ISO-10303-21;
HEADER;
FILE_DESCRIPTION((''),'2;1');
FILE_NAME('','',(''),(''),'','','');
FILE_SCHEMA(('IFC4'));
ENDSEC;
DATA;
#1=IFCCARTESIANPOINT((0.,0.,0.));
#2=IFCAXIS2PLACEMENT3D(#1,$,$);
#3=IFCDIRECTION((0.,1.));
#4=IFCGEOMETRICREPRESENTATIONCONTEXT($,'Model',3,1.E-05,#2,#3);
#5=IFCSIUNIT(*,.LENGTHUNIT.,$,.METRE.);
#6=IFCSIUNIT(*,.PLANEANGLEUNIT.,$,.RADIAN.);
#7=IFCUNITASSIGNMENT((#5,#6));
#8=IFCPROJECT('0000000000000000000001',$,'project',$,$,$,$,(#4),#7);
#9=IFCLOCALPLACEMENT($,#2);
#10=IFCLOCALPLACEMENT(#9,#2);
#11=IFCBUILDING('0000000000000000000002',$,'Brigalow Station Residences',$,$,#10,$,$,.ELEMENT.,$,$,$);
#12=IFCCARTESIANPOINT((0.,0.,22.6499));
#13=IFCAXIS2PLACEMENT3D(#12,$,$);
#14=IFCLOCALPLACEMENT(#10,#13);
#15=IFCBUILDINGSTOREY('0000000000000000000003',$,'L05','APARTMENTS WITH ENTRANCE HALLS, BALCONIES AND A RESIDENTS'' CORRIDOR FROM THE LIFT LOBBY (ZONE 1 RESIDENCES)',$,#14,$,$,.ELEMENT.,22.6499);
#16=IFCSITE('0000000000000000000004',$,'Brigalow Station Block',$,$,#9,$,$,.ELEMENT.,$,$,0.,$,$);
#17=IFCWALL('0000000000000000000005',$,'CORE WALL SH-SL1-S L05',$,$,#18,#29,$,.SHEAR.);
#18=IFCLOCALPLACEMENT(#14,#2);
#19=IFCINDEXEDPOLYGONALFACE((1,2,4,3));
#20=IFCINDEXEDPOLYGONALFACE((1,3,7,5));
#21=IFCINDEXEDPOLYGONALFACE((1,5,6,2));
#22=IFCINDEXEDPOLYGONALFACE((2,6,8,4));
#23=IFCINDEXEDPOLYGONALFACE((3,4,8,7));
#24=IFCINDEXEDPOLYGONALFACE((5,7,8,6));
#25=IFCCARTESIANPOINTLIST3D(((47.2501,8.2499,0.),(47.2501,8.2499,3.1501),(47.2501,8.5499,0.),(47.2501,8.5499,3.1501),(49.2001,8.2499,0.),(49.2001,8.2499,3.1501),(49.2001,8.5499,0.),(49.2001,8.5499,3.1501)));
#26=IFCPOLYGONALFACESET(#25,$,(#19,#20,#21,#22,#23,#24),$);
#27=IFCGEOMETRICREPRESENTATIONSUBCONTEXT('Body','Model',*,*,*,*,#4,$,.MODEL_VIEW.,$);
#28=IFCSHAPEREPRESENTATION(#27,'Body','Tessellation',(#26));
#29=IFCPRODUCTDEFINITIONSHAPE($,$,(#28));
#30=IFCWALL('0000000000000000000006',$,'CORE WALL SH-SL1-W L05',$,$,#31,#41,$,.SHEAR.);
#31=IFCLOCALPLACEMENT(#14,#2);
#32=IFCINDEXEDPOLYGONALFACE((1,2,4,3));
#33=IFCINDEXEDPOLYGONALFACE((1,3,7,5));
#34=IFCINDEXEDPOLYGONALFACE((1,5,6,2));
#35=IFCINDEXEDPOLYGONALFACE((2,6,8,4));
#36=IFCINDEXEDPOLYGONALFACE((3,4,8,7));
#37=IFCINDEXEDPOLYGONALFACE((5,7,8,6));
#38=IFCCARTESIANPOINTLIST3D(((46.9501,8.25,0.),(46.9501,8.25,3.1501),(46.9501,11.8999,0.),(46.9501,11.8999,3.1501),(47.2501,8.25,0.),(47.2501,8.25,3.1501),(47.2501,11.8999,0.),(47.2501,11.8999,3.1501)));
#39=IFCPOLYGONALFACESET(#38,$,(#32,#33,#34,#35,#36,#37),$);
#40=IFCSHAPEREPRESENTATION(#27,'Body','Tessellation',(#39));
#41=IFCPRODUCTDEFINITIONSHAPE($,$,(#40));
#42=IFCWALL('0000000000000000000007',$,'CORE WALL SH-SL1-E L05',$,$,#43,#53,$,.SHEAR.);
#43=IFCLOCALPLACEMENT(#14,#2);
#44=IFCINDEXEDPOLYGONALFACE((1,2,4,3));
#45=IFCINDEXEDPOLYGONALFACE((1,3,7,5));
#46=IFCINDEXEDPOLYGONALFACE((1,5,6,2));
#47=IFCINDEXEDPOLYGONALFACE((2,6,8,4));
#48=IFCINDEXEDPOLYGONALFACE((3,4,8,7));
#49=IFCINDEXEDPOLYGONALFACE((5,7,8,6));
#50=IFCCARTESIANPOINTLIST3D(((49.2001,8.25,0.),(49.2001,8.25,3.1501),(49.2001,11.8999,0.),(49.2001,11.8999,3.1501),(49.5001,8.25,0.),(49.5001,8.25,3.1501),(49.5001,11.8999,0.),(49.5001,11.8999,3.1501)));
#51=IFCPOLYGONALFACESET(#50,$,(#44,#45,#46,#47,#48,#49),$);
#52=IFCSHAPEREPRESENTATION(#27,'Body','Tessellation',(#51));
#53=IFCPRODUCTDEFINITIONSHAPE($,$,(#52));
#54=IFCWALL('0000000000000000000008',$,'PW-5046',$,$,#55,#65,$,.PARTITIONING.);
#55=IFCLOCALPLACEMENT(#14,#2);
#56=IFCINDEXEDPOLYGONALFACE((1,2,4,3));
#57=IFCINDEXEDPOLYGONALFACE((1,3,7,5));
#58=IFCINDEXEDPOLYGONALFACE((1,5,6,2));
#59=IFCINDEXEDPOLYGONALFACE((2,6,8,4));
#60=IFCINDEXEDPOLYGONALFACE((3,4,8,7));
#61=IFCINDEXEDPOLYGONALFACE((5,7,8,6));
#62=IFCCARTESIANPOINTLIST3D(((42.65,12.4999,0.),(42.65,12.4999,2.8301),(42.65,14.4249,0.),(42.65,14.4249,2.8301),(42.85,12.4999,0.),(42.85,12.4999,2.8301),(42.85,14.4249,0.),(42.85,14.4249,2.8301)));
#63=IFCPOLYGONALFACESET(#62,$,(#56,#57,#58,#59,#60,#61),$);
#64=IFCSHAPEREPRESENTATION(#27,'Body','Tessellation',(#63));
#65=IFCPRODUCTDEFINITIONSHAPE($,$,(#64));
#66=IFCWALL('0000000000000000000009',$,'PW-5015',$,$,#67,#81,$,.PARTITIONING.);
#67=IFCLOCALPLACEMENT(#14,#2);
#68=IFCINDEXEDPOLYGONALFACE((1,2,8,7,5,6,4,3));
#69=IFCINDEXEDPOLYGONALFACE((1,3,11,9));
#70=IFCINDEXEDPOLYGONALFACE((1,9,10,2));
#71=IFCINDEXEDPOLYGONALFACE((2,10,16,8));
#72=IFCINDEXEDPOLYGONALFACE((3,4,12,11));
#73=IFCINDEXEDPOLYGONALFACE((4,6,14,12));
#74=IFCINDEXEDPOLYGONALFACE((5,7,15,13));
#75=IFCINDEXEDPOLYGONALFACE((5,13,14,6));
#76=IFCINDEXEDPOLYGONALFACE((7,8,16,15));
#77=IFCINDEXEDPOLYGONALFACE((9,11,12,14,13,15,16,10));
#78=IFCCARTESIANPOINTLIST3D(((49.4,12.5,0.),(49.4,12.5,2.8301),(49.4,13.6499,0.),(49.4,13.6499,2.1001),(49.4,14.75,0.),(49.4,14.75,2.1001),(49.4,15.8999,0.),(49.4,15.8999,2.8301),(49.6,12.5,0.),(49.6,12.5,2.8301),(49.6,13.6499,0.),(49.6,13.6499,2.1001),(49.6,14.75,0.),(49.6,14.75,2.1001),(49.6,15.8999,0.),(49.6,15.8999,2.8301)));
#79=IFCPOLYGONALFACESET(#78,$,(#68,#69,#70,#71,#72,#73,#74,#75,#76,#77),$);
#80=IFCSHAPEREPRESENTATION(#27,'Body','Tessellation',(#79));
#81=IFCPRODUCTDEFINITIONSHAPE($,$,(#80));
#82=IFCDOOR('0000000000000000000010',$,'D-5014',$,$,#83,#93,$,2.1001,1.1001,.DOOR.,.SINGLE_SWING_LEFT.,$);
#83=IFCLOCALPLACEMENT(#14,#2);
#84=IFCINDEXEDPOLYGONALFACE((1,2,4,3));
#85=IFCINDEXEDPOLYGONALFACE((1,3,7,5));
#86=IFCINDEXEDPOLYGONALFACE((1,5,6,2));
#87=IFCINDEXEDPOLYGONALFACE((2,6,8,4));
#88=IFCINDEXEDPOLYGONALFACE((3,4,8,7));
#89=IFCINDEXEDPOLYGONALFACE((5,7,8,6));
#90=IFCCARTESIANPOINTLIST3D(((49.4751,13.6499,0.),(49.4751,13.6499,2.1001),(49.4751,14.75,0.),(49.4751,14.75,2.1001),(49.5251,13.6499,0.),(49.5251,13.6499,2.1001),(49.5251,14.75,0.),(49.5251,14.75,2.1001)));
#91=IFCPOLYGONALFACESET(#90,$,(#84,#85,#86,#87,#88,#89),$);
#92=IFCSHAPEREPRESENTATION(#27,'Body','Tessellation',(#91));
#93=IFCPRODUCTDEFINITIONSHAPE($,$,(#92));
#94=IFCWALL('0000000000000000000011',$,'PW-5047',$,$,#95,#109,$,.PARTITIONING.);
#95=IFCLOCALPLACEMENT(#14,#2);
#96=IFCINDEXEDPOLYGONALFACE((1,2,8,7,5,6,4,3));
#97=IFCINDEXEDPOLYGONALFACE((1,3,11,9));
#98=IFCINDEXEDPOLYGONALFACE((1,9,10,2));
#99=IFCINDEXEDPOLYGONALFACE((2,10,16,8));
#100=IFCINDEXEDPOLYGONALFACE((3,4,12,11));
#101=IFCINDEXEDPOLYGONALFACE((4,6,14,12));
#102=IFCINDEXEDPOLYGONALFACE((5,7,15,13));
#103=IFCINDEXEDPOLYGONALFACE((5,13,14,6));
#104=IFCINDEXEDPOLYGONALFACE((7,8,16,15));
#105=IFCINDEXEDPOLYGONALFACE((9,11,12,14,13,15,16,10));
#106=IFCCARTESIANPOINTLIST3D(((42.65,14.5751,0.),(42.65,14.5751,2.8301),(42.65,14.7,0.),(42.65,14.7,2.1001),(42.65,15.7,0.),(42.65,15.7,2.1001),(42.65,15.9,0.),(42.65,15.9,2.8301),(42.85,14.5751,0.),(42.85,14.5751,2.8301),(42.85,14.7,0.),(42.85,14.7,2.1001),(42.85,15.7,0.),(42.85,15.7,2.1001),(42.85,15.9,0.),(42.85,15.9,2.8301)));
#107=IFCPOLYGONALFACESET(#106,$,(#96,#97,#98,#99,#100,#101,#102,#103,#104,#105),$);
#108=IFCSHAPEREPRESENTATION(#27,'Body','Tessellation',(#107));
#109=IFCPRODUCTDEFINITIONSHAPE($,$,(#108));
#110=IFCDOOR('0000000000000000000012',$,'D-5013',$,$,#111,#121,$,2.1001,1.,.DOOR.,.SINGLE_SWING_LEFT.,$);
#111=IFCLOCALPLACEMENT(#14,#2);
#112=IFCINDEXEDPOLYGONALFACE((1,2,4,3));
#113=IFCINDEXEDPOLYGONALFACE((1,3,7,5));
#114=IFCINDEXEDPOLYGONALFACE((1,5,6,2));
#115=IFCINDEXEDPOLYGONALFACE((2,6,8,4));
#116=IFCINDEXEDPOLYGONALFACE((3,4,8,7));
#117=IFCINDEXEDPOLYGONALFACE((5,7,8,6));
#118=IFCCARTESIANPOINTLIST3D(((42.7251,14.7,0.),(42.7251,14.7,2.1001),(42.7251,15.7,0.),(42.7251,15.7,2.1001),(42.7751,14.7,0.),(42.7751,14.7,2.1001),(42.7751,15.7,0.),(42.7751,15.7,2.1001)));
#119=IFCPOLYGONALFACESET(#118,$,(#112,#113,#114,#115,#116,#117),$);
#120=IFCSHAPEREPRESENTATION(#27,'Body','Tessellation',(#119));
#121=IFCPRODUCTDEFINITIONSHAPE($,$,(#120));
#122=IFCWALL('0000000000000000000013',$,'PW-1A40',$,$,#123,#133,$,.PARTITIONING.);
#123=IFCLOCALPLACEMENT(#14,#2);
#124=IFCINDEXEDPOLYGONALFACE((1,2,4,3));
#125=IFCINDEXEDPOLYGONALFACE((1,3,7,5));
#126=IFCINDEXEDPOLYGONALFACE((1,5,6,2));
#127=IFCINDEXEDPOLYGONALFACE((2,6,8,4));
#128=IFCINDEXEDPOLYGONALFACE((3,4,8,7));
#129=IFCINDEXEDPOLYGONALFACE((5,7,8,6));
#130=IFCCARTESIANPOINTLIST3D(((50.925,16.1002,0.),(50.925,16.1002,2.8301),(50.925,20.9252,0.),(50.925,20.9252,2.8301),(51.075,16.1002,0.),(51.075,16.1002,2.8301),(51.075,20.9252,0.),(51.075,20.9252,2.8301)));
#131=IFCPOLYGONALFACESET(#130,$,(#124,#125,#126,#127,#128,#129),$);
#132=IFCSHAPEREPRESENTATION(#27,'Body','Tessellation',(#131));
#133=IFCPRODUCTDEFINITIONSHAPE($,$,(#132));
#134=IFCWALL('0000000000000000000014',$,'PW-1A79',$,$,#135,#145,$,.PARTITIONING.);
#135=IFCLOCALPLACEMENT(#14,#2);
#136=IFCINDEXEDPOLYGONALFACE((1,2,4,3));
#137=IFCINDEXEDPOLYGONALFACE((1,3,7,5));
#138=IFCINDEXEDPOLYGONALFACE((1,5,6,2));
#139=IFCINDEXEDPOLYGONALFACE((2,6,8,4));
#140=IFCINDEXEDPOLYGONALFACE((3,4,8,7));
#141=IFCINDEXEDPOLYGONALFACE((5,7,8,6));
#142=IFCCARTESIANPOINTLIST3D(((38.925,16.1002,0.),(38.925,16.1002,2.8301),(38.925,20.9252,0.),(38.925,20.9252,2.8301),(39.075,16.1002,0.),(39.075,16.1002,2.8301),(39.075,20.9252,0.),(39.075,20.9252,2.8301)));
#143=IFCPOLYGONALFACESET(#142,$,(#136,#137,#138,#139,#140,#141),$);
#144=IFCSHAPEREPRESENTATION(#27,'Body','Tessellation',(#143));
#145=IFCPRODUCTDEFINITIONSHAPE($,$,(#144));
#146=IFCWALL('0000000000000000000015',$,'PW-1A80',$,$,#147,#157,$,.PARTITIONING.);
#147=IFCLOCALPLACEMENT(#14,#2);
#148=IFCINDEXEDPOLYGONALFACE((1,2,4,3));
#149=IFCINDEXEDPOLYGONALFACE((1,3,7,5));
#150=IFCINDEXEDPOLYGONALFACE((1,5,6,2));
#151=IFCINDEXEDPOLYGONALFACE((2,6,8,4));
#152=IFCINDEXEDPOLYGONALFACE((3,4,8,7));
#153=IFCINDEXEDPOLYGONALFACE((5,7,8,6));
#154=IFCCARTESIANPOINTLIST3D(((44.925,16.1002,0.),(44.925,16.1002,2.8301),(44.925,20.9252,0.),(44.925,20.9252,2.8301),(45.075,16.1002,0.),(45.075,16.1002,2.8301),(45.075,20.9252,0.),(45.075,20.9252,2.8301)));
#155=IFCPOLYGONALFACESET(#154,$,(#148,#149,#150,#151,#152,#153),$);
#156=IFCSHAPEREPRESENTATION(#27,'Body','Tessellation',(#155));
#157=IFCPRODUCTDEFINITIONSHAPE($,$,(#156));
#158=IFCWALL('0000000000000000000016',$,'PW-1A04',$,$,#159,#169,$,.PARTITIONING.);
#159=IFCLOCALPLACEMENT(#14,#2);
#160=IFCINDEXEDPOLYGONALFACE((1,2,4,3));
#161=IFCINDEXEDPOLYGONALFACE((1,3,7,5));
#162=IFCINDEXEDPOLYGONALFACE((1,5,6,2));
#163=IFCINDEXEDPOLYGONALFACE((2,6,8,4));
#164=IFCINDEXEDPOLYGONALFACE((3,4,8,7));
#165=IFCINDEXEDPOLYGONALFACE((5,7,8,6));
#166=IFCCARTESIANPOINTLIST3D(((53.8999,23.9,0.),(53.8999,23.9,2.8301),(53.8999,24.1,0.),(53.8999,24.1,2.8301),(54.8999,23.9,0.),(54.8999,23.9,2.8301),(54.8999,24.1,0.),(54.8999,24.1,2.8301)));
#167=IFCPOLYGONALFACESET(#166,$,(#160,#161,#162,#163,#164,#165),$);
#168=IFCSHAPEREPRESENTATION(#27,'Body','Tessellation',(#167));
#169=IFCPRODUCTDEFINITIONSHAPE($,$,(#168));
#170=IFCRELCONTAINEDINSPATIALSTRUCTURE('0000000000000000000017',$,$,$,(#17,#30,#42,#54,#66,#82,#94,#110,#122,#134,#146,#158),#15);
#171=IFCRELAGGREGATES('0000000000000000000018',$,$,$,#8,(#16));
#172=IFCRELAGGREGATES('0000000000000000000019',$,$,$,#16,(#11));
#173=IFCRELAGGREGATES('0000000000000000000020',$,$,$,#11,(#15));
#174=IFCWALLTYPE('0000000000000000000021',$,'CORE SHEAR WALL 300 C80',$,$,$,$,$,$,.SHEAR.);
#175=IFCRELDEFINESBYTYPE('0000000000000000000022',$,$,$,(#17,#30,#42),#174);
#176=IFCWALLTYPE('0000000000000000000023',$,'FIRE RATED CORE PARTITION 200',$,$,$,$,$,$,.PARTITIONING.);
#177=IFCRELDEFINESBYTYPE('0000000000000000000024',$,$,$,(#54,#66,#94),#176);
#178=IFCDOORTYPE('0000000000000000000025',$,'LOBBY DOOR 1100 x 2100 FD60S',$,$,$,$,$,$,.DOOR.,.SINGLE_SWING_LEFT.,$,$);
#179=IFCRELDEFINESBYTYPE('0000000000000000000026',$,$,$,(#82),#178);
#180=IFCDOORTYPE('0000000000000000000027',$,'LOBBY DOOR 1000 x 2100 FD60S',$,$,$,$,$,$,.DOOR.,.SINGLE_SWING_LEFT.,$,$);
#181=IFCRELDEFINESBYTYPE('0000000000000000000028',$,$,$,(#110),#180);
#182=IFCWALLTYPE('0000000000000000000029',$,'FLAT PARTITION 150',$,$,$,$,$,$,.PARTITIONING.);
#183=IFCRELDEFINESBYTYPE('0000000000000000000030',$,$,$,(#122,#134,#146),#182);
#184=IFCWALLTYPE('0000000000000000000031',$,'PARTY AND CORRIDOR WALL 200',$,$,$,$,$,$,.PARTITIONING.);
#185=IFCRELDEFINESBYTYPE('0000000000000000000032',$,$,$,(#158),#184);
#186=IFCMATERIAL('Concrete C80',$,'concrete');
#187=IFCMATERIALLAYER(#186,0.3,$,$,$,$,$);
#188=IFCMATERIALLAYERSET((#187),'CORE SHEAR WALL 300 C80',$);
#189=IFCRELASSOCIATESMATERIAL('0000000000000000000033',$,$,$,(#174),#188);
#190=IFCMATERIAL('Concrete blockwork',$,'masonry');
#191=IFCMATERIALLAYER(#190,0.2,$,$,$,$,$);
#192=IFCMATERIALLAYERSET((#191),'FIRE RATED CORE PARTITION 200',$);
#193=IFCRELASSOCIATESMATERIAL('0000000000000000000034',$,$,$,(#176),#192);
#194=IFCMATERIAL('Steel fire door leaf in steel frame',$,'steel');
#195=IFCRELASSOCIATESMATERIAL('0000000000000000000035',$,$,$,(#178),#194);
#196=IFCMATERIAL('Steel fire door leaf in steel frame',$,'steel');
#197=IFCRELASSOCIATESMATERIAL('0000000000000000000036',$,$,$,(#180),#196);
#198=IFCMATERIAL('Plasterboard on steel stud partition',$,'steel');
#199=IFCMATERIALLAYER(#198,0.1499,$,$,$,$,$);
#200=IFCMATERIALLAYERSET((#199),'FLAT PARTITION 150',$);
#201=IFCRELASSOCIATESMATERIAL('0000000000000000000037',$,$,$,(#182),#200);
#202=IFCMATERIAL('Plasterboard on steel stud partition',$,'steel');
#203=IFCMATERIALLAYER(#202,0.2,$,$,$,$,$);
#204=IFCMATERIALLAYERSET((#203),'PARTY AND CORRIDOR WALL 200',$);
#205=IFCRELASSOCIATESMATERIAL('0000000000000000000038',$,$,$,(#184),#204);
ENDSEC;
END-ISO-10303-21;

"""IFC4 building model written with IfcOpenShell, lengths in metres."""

from ifc_helpers import new_model, si_unit, direction, frame, frame_2d, origin, place, context, subcontext, project, spatial, rectangle, extrude, material, layer, layer_set, type_object, element, fill, save


model = new_model("IFC4")

# Units and contexts
model_context = context("Model", 3, precision=1e-05, world=origin(), true_north=direction((0.0, 1.0)))
body_context = subcontext(model_context, "Body", "Model", "MODEL_VIEW")
ifc_project = project(units=[si_unit("LENGTHUNIT", "METRE"), si_unit("PLANEANGLEUNIT", "RADIAN")], contexts=[model_context])

# Site, building, storey
site_placement = place(None, origin())
site = spatial("IfcSite", under=ifc_project, at=site_placement, Name="Brigalow Station Block", CompositionType="ELEMENT", RefElevation=0.0)
building_placement = place(site_placement, origin())
building = spatial("IfcBuilding", under=site, at=building_placement, Name="Brigalow Station Residences", CompositionType="ELEMENT")
storey_placement = place(building_placement, frame((0.0, 0.0, 22.6499)))
storey = spatial("IfcBuildingStorey", under=building, at=storey_placement, Name="L05", Description="APARTMENTS WITH ENTRANCE HALLS, BALCONIES AND A RESIDENTS' CORRIDOR FROM THE LIFT LOBBY (ZONE 1 RESIDENCES)", CompositionType="ELEMENT", Elevation=22.6499)

# Walls
ifc_material_1 = material(Name="Concrete C80", Category="concrete")
ifc_layer_1 = layer(ifc_material_1, 0.3)
ifc_layer_set_1 = layer_set([ifc_layer_1], Name="CORE SHEAR WALL 300 C80")
wall_type_1 = type_object("IfcWallType", Name="CORE SHEAR WALL 300 C80", PredefinedType="SHEAR", material=ifc_layer_set_1)
wall_1_placement = place(storey_placement, frame((47.25, 8.3999, 0.0), z_axis=(0.0, 0.0, 1.0), x_axis=(1.0, 0.0, 0.0)))
element("IfcWall", 1, at=wall_1_placement, inside=storey, type_object=wall_type_1, Name="CORE WALL SH-SL1-S L05", PredefinedType="SHEAR", context=body_context, shape_type="SweptSolid", body=[
    extrude(rectangle(XDim=1.95, YDim=0.3, at=frame_2d((0.9751, 0.0))), origin(), (0.0, 0.0, 1.0), 3.1501),
])
for number, where, z_axis, x_axis, name in (
    (2, (47.1001, 8.25, 0.0), (0.0, 0.0, 1.0), (0.0, 1.0, 0.0), "CORE WALL SH-SL1-W L05"),
    (3, (49.3501, 8.25, 0.0), (0.0, 0.0, 1.0), (0.0, 1.0, 0.0), "CORE WALL SH-SL1-E L05"),
):
    element("IfcWall", number, at=place(storey_placement, frame(where, z_axis=z_axis, x_axis=x_axis)), inside=storey, type_object=wall_type_1, Name=name, PredefinedType="SHEAR", context=body_context, shape_type="SweptSolid", body=[
        extrude(rectangle(XDim=3.6499, YDim=0.3, at=frame_2d((1.825, 0.0))), origin(), (0.0, 0.0, 1.0), 3.1501),
    ])
ifc_material_2 = material(Name="Concrete blockwork", Category="masonry")
ifc_layer_2 = layer(ifc_material_2, 0.2)
ifc_layer_set_2 = layer_set([ifc_layer_2], Name="FIRE RATED CORE PARTITION 200")
wall_type_2 = type_object("IfcWallType", Name="FIRE RATED CORE PARTITION 200", PredefinedType="PARTITIONING", material=ifc_layer_set_2)
wall_2_placement = place(storey_placement, frame((42.75, 12.5, 0.0), z_axis=(0.0, 0.0, 1.0), x_axis=(0.0, 1.0, 0.0)))
element("IfcWall", 4, at=wall_2_placement, inside=storey, type_object=wall_type_2, Name="PW-5046", PredefinedType="PARTITIONING", context=body_context, shape_type="SweptSolid", body=[
    extrude(rectangle(XDim=1.925, YDim=0.2, at=frame_2d((0.9624, 0.0))), origin(), (0.0, 0.0, 1.0), 2.8301),
])

# Walls, openings, doors
wall_3_placement = place(storey_placement, frame((49.5, 12.5, 0.0), z_axis=(0.0, 0.0, 1.0), x_axis=(0.0, 1.0, 0.0)))
wall_3 = element("IfcWall", 5, at=wall_3_placement, inside=storey, type_object=wall_type_2, Name="PW-5015", PredefinedType="PARTITIONING", context=body_context, shape_type="SweptSolid", body=[
    extrude(rectangle(XDim=3.3999, YDim=0.2, at=frame_2d((1.7, 0.0))), origin(), (0.0, 0.0, 1.0), 2.8301),
])
opening_1_placement = place(wall_3_placement, frame((1.1499, 0.0, 0.0)))
opening_1 = element("IfcOpeningElement", 6, at=opening_1_placement, cuts=wall_3, PredefinedType="OPENING", context=body_context, shape_type="SweptSolid", body=[
    extrude(rectangle(XDim=1.1001, YDim=2.1001, at=frame_2d((0.55, 1.05))), frame((0.0, 0.1099, 0.0), z_axis=(0.0, -1.0, 0.0), x_axis=(1.0, 0.0, 0.0)), (0.0, 0.0, 1.0), 0.22),
])
ifc_material_3 = material(Name="Steel fire door leaf in steel frame", Category="steel")
door_type_1 = type_object("IfcDoorType", Name="LOBBY DOOR 1100 x 2100 FD60S", OperationType="SINGLE_SWING_LEFT", PredefinedType="DOOR", material=ifc_material_3)
door_1_placement = place(opening_1_placement, origin())
door_1 = element("IfcDoor", 7, at=door_1_placement, inside=storey, type_object=door_type_1, Name="D-5014", OperationType="SINGLE_SWING_LEFT", OverallHeight=2.1001, OverallWidth=1.1001, PredefinedType="DOOR", context=body_context, shape_type="SweptSolid", body=[
    extrude(rectangle(XDim=1.1001, YDim=2.1001, at=frame_2d((0.55, 1.05))), frame((0.0, 0.0249, 0.0), z_axis=(0.0, -1.0, 0.0), x_axis=(1.0, 0.0, 0.0)), (0.0, 0.0, 1.0), 0.05),
])
fill(opening_1, door_1)
wall_4_placement = place(storey_placement, frame((42.75, 14.575, 0.0), z_axis=(0.0, 0.0, 1.0), x_axis=(0.0, 1.0, 0.0)))
wall_4 = element("IfcWall", 8, at=wall_4_placement, inside=storey, type_object=wall_type_2, Name="PW-5047", PredefinedType="PARTITIONING", context=body_context, shape_type="SweptSolid", body=[
    extrude(rectangle(XDim=1.325, YDim=0.2, at=frame_2d((0.6626, 0.0))), origin(), (0.0, 0.0, 1.0), 2.8301),
])
opening_2_placement = place(wall_4_placement, frame((0.125, 0.0, 0.0)))
opening_2 = element("IfcOpeningElement", 9, at=opening_2_placement, cuts=wall_4, PredefinedType="OPENING", context=body_context, shape_type="SweptSolid", body=[
    extrude(rectangle(XDim=1.0, YDim=2.1001, at=frame_2d((0.5, 1.05))), frame((0.0, 0.1099, 0.0), z_axis=(0.0, -1.0, 0.0), x_axis=(1.0, 0.0, 0.0)), (0.0, 0.0, 1.0), 0.22),
])
ifc_material_4 = material(Name="Steel fire door leaf in steel frame", Category="steel")
door_type_2 = type_object("IfcDoorType", Name="LOBBY DOOR 1000 x 2100 FD60S", OperationType="SINGLE_SWING_LEFT", PredefinedType="DOOR", material=ifc_material_4)
door_2_placement = place(opening_2_placement, origin())
door_2 = element("IfcDoor", 10, at=door_2_placement, inside=storey, type_object=door_type_2, Name="D-5013", OperationType="SINGLE_SWING_LEFT", OverallHeight=2.1001, OverallWidth=1.0, PredefinedType="DOOR", context=body_context, shape_type="SweptSolid", body=[
    extrude(rectangle(XDim=1.0, YDim=2.1001, at=frame_2d((0.5, 1.05))), frame((0.0, 0.0249, 0.0), z_axis=(0.0, -1.0, 0.0), x_axis=(1.0, 0.0, 0.0)), (0.0, 0.0, 1.0), 0.05),
])
fill(opening_2, door_2)

# Walls
ifc_material_5 = material(Name="Plasterboard on steel stud partition", Category="steel")
ifc_layer_3 = layer(ifc_material_5, 0.1499)
ifc_layer_set_3 = layer_set([ifc_layer_3], Name="FLAT PARTITION 150")
wall_type_3 = type_object("IfcWallType", Name="FLAT PARTITION 150", PredefinedType="PARTITIONING", material=ifc_layer_set_3)
for number, where, z_axis, x_axis, name in (
    (11, (51.0, 16.1001, 0.0), (0.0, 0.0, 1.0), (0.0, 1.0, 0.0), "PW-1A40"),
    (12, (39.0, 16.1001, 0.0), (0.0, 0.0, 1.0), (0.0, 1.0, 0.0), "PW-1A79"),
    (13, (45.0, 16.1001, 0.0), (0.0, 0.0, 1.0), (0.0, 1.0, 0.0), "PW-1A80"),
):
    element("IfcWall", number, at=place(storey_placement, frame(where, z_axis=z_axis, x_axis=x_axis)), inside=storey, type_object=wall_type_3, Name=name, PredefinedType="PARTITIONING", context=body_context, shape_type="SweptSolid", body=[
        extrude(rectangle(XDim=4.825, YDim=0.1499, at=frame_2d((2.4126, 0.0))), origin(), (0.0, 0.0, 1.0), 2.8301),
    ])
ifc_material_6 = material(Name="Plasterboard on steel stud partition", Category="steel")
ifc_layer_4 = layer(ifc_material_6, 0.2)
ifc_layer_set_4 = layer_set([ifc_layer_4], Name="PARTY AND CORRIDOR WALL 200")
wall_type_4 = type_object("IfcWallType", Name="PARTY AND CORRIDOR WALL 200", PredefinedType="PARTITIONING", material=ifc_layer_set_4)
wall_5_placement = place(storey_placement, frame((53.8999, 24.0, 0.0), z_axis=(0.0, 0.0, 1.0), x_axis=(1.0, 0.0, 0.0)))
element("IfcWall", 14, at=wall_5_placement, inside=storey, type_object=wall_type_4, Name="PW-1A04", PredefinedType="PARTITIONING", context=body_context, shape_type="SweptSolid", body=[
    extrude(rectangle(XDim=1.0, YDim=0.2, at=frame_2d((0.5, 0.0))), origin(), (0.0, 0.0, 1.0), 2.8301),
])

save(model, "model.ifc")
